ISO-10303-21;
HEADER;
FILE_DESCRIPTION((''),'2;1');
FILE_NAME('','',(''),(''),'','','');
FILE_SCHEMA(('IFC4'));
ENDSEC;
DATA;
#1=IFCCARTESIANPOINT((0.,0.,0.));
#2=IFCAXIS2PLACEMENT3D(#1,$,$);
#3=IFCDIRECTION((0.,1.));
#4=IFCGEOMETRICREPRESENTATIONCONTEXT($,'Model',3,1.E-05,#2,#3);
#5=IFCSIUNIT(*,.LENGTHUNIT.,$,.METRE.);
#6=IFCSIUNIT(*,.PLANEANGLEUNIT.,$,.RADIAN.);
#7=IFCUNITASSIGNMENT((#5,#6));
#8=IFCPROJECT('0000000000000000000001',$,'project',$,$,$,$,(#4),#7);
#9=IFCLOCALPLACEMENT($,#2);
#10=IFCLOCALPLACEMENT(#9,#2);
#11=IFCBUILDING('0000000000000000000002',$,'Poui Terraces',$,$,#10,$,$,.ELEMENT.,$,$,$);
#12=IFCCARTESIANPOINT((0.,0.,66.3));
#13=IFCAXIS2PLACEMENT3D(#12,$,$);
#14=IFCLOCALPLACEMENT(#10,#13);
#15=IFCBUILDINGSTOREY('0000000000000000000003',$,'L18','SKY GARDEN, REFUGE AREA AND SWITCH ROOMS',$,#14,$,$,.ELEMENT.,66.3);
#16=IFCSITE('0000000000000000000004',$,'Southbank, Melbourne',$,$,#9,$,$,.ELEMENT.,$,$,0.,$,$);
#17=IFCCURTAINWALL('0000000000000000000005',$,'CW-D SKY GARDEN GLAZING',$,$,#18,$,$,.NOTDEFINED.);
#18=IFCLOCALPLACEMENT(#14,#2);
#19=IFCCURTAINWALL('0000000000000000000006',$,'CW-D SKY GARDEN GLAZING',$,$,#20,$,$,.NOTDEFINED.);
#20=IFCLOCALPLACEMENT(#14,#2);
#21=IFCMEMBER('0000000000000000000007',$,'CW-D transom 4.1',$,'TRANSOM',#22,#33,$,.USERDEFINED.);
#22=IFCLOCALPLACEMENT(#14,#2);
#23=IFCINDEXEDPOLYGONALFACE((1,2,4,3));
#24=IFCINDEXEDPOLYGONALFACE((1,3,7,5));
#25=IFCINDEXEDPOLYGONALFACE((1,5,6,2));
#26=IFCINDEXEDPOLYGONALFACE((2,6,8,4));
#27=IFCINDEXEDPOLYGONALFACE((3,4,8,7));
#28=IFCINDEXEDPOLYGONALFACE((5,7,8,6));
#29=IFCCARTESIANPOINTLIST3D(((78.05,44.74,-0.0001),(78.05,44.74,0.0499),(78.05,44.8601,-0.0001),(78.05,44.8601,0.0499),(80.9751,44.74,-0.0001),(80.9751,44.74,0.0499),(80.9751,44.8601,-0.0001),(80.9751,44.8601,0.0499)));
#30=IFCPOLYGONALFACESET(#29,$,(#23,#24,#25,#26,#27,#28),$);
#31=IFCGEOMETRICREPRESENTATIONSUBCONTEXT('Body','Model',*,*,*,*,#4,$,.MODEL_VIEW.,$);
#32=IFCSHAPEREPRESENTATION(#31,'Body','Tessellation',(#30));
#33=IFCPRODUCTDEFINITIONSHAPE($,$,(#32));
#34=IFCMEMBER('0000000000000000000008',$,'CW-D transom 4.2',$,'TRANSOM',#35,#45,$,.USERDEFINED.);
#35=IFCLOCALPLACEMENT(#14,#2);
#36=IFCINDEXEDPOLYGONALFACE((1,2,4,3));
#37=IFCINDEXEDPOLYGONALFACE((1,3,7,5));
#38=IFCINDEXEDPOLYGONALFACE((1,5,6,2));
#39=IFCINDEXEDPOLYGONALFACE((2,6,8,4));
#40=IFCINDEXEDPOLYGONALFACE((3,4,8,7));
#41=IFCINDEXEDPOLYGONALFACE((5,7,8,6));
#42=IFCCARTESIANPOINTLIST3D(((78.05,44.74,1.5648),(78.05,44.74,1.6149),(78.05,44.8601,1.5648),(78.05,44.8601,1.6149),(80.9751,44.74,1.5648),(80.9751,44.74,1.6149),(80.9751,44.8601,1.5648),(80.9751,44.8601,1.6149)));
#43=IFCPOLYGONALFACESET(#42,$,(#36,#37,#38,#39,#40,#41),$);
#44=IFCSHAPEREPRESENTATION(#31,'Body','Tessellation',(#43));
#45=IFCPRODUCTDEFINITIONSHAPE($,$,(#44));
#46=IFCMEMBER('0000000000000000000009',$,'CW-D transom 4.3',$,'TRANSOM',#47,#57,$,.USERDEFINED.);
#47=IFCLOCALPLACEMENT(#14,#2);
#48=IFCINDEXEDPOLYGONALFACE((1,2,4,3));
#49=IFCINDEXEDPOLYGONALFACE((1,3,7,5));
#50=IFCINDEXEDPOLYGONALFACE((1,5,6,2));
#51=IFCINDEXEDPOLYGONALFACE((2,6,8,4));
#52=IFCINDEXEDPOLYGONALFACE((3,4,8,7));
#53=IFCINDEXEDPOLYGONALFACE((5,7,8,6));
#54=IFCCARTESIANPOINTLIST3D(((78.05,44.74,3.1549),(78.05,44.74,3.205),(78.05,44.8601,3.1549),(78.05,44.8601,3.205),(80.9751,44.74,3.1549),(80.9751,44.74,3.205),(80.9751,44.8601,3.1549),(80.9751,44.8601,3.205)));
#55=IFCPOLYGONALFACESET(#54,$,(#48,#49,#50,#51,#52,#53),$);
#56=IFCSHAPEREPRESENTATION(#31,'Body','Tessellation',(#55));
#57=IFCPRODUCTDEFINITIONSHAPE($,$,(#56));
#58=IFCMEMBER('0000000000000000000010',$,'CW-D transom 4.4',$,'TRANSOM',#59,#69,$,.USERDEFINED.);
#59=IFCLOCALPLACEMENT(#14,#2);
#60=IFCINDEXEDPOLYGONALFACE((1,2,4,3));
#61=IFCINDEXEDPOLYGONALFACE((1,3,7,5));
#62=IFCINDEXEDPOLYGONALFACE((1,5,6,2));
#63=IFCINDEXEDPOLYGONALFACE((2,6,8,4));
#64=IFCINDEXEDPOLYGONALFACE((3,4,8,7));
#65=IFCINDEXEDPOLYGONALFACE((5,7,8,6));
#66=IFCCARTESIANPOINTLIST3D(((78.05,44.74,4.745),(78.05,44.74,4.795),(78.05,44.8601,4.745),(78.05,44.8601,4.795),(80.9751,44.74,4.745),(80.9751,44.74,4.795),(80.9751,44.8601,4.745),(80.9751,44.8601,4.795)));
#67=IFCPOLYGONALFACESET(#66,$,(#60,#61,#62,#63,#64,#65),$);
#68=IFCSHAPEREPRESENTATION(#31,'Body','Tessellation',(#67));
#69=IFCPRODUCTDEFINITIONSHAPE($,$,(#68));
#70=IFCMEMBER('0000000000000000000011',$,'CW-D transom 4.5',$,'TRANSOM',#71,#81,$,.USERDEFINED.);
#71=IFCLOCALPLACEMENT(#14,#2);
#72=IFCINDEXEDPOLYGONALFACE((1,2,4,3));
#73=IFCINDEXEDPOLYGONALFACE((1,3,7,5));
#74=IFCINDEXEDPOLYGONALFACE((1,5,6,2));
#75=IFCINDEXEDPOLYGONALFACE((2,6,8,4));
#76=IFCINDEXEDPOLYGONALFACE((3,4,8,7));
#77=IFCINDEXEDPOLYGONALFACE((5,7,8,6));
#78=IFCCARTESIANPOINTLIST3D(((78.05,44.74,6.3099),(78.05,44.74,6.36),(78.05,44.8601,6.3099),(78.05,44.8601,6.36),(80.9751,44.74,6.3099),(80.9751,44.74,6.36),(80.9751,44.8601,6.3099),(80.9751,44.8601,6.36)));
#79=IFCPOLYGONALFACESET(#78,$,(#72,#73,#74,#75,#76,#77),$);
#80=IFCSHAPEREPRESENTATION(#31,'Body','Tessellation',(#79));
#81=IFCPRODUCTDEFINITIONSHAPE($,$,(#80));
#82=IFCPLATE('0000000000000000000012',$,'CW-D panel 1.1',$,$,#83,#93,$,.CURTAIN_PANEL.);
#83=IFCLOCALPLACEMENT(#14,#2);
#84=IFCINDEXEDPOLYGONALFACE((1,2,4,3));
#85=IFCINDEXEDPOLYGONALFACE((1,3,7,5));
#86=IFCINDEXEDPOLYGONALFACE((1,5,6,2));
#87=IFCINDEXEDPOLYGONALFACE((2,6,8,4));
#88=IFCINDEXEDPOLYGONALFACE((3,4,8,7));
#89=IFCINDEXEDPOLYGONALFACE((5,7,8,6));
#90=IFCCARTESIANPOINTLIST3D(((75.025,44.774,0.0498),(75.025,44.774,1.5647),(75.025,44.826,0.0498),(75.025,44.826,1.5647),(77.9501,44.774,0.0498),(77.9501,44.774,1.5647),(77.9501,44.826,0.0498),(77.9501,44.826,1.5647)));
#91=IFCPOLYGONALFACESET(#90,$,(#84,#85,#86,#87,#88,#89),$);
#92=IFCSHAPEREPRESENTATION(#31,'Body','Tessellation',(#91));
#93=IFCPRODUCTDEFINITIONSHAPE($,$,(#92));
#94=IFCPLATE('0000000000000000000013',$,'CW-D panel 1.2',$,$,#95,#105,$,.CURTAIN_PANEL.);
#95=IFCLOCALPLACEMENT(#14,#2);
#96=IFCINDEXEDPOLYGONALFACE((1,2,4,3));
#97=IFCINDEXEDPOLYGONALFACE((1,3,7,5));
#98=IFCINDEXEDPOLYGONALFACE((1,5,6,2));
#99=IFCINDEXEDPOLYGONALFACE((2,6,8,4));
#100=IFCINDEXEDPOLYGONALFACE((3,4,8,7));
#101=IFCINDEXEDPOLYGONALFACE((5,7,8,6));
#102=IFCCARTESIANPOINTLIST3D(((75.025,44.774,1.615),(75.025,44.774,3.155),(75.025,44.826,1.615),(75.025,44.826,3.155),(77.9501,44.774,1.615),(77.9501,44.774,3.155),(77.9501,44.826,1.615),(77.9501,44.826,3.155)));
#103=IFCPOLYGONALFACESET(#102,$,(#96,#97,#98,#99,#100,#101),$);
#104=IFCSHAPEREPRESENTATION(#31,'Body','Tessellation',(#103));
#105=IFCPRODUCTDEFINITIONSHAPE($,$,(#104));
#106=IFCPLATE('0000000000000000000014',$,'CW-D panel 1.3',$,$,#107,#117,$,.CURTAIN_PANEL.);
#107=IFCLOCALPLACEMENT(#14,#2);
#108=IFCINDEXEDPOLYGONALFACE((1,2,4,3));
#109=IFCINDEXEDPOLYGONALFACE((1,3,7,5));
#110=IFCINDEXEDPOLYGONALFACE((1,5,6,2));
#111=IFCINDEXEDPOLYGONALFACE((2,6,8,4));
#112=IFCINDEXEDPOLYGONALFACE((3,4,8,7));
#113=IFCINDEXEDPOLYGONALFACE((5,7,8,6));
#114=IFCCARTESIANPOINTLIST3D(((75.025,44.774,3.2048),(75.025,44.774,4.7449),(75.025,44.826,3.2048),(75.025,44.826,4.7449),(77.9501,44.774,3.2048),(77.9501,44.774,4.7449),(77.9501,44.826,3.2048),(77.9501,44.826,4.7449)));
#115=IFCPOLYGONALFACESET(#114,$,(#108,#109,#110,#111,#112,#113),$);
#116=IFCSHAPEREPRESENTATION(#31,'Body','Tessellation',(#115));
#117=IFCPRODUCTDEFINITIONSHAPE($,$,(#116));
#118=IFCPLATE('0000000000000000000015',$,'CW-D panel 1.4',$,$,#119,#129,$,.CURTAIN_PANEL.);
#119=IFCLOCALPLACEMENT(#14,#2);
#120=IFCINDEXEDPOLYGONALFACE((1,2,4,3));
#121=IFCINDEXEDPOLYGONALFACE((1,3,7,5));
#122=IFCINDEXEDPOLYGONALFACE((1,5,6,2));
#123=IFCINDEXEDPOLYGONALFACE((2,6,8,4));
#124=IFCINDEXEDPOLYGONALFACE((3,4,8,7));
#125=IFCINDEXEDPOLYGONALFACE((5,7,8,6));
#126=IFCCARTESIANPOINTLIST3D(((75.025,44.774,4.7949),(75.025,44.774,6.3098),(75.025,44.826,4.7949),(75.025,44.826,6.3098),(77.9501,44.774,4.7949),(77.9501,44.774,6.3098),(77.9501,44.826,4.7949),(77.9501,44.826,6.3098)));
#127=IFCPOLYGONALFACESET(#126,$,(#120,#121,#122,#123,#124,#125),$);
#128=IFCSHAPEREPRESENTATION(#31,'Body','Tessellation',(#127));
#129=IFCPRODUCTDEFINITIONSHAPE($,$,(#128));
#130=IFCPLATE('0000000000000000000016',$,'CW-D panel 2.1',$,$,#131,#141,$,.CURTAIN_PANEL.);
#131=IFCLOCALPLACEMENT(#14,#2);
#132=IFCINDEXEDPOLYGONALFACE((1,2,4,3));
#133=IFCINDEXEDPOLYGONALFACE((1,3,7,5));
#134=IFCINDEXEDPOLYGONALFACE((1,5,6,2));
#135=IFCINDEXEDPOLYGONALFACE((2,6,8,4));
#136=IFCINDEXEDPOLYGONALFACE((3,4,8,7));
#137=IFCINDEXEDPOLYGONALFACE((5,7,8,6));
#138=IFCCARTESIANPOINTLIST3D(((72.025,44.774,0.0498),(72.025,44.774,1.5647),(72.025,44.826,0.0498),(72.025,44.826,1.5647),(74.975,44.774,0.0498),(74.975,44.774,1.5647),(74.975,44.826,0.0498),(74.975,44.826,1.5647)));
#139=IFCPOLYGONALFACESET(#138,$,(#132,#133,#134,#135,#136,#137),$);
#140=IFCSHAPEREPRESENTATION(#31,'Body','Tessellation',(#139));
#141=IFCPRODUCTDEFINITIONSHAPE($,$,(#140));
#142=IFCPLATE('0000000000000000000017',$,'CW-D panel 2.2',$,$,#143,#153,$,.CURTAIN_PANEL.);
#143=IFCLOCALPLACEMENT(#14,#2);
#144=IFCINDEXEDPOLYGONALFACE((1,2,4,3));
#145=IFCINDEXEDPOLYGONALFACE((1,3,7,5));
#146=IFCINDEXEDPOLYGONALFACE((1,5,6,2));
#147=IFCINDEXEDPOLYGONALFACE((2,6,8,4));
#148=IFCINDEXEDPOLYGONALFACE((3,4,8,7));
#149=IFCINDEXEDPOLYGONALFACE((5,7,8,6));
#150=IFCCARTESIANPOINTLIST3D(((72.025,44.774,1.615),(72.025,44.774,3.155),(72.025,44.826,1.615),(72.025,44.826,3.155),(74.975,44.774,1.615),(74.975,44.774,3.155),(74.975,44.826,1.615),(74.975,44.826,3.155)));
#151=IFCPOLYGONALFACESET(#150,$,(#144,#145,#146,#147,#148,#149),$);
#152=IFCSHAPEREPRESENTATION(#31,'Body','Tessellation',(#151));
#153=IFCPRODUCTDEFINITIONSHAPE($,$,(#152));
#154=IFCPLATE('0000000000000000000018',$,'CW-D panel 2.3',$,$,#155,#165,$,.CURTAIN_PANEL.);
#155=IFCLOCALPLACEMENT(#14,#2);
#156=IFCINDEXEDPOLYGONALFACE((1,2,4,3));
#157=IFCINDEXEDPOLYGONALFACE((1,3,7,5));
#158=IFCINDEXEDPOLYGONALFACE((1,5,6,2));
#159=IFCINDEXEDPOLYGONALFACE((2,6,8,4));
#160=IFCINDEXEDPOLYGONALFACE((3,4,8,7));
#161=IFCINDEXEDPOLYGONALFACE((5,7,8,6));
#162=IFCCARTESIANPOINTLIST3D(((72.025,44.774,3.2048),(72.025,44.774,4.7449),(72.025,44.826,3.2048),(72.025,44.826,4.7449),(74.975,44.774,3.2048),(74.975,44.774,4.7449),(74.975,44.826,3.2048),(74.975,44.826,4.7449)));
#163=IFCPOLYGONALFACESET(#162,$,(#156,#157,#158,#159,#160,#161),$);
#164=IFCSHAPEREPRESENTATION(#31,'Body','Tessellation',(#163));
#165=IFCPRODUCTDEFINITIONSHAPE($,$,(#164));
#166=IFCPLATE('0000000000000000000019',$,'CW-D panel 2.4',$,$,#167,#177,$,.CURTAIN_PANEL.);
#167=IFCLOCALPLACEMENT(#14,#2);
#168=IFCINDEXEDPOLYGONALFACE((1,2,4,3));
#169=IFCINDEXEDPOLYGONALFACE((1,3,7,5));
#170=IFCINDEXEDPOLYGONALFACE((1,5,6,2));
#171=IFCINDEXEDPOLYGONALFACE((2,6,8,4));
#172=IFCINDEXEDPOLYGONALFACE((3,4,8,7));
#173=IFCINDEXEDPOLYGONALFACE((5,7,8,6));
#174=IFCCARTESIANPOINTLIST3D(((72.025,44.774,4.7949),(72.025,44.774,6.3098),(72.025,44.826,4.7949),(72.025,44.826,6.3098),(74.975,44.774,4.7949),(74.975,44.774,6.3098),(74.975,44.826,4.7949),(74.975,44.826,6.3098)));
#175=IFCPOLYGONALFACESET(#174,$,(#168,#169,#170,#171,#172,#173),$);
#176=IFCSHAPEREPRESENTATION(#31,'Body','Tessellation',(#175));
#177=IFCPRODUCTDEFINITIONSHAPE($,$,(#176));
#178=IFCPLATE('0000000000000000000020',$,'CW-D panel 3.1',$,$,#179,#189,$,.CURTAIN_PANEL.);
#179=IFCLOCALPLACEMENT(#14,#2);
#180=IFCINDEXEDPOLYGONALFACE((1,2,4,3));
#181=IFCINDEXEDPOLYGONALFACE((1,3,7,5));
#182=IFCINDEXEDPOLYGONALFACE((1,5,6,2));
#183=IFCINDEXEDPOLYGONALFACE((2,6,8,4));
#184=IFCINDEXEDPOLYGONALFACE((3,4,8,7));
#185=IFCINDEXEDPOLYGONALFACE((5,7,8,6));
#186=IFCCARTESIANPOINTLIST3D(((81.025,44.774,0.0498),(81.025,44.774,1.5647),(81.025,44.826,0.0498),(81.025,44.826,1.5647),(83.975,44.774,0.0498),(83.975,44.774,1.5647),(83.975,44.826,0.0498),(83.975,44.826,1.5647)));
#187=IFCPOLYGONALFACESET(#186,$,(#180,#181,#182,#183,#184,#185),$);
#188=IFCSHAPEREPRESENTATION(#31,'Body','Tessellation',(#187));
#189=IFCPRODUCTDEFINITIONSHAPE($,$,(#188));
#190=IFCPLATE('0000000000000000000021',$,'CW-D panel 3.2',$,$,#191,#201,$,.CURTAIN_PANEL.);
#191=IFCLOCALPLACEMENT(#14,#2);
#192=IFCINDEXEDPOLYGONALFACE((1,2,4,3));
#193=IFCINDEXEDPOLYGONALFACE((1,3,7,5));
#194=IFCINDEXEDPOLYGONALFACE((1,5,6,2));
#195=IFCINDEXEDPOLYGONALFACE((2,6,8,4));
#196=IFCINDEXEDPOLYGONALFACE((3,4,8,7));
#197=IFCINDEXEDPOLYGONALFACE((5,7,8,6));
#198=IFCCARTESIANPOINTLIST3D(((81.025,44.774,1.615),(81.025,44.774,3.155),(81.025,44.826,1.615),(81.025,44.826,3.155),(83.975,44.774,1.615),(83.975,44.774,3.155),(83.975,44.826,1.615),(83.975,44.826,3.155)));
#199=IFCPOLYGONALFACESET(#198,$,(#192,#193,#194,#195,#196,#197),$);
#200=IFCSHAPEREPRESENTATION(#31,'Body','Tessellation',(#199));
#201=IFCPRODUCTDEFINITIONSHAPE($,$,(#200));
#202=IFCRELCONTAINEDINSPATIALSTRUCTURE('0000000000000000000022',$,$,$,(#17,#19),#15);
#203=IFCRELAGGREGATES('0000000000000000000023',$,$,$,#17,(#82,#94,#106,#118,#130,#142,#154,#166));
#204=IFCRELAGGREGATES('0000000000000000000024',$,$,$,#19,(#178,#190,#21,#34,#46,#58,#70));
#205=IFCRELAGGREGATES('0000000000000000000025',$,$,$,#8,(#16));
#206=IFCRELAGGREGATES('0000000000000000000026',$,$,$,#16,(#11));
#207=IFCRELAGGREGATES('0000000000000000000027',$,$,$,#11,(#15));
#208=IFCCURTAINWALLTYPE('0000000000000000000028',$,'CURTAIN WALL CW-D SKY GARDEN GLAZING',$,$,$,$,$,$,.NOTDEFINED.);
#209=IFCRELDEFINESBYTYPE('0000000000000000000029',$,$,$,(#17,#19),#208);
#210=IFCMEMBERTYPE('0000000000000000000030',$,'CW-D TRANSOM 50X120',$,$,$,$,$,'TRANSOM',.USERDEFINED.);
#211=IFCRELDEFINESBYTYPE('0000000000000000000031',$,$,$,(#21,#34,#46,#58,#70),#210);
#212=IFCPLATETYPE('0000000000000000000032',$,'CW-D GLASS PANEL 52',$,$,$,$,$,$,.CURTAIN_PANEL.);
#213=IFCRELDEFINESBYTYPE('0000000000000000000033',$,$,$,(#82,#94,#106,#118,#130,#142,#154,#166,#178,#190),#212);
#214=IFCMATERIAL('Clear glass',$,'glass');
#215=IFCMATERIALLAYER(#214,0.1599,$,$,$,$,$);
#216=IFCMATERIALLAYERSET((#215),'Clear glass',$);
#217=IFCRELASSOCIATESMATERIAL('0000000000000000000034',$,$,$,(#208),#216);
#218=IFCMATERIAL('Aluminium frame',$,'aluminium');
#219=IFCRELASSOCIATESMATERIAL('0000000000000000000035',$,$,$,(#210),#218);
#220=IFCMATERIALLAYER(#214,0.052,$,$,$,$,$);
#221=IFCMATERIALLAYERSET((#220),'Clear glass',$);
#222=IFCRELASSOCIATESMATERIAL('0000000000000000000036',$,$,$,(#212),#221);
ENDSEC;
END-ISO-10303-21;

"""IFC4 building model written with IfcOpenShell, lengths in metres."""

from ifc_helpers import new_model, si_unit, direction, frame, origin, origin_2d, place, context, subcontext, project, spatial, rectangle, extrude, material, layer, layer_set, material_profile, profile_set, type_object, element, aggregate, save


model = new_model("IFC4")

# Units and contexts
model_context = context("Model", 3, precision=1e-05, world=origin(), true_north=direction((0.0, 1.0)))
body_context = subcontext(model_context, "Body", "Model", "MODEL_VIEW")
ifc_project = project(units=[si_unit("LENGTHUNIT", "METRE"), si_unit("PLANEANGLEUNIT", "RADIAN")], contexts=[model_context])

# Site, building, storey
site_placement = place(None, origin())
site = spatial("IfcSite", under=ifc_project, at=site_placement, Name="Southbank, Melbourne", CompositionType="ELEMENT", RefElevation=0.0)
building_placement = place(site_placement, origin())
building = spatial("IfcBuilding", under=site, at=building_placement, Name="Poui Terraces", CompositionType="ELEMENT")
storey_placement = place(building_placement, frame((0.0, 0.0, 66.3)))
storey = spatial("IfcBuildingStorey", under=building, at=storey_placement, Name="L18", Description="SKY GARDEN, REFUGE AREA AND SWITCH ROOMS", CompositionType="ELEMENT", Elevation=66.3)

# Curtain walls
ifc_material_1 = material(Name="Clear glass", Category="glass")
ifc_layer_1 = layer(ifc_material_1, 0.1599)
ifc_layer_set_1 = layer_set([ifc_layer_1], Name="Clear glass")
curtain_wall_type = type_object("IfcCurtainWallType", Name="CURTAIN WALL CW-D SKY GARDEN GLAZING", PredefinedType="NOTDEFINED", material=ifc_layer_set_1)
curtain_wall_1_placement = place(storey_placement, origin())
curtain_wall_1 = element("IfcCurtainWall", 1, at=curtain_wall_1_placement, inside=storey, type_object=curtain_wall_type, Name="CW-D SKY GARDEN GLAZING", PredefinedType="NOTDEFINED")
ifc_material_2 = material(Name="Aluminium frame", Category="aluminium")
curtain_wall_2_placement = place(storey_placement, origin())
curtain_wall_2 = element("IfcCurtainWall", 2, at=curtain_wall_2_placement, inside=storey, type_object=curtain_wall_type, Name="CW-D SKY GARDEN GLAZING", PredefinedType="NOTDEFINED")

# Members
ifc_material_profile_1 = material_profile(ifc_material_2, rectangle(XDim=0.1201, YDim=0.05, at=origin_2d()), Name="CW-D TRANSOM 50X120")
ifc_profile_set_1 = profile_set([ifc_material_profile_1], Name="Aluminium frame")
member_type_1 = type_object("IfcMemberType", Name="CW-D TRANSOM 50X120", ElementType="TRANSOM", PredefinedType="USERDEFINED", material=ifc_profile_set_1)
member_1_placement = place(storey_placement, frame((80.9751, 44.8, 0.0249), z_axis=(-1.0, 0.0, 0.0), x_axis=(0.0, -1.0, 0.0)))
member_1 = element("IfcMember", 3, at=member_1_placement, type_object=member_type_1, Name="CW-D transom 4.1", ObjectType="TRANSOM", PredefinedType="USERDEFINED", context=body_context, shape_type="SweptSolid", body=[
    extrude(rectangle(XDim=0.1201, YDim=0.05, at=origin_2d()), origin(), (0.0, 0.0, 1.0), 2.925),
])
member_2_placement = place(storey_placement, frame((80.9751, 44.8, 1.5898), z_axis=(-1.0, 0.0, 0.0), x_axis=(0.0, -1.0, 0.0)))
member_2 = element("IfcMember", 4, at=member_2_placement, type_object=member_type_1, Name="CW-D transom 4.2", ObjectType="TRANSOM", PredefinedType="USERDEFINED", context=body_context, shape_type="SweptSolid", body=[
    extrude(rectangle(XDim=0.1201, YDim=0.05, at=origin_2d()), origin(), (0.0, 0.0, 1.0), 2.925),
])
member_3_placement = place(storey_placement, frame((80.9751, 44.8, 3.1799), z_axis=(-1.0, 0.0, 0.0), x_axis=(0.0, -1.0, 0.0)))
member_3 = element("IfcMember", 5, at=member_3_placement, type_object=member_type_1, Name="CW-D transom 4.3", ObjectType="TRANSOM", PredefinedType="USERDEFINED", context=body_context, shape_type="SweptSolid", body=[
    extrude(rectangle(XDim=0.1201, YDim=0.05, at=origin_2d()), origin(), (0.0, 0.0, 1.0), 2.925),
])
member_4_placement = place(storey_placement, frame((80.9751, 44.8, 4.77), z_axis=(-1.0, 0.0, 0.0), x_axis=(0.0, -1.0, 0.0)))
member_4 = element("IfcMember", 6, at=member_4_placement, type_object=member_type_1, Name="CW-D transom 4.4", ObjectType="TRANSOM", PredefinedType="USERDEFINED", context=body_context, shape_type="SweptSolid", body=[
    extrude(rectangle(XDim=0.1201, YDim=0.05, at=origin_2d()), origin(), (0.0, 0.0, 1.0), 2.925),
])
member_5_placement = place(storey_placement, frame((80.9751, 44.8, 6.335), z_axis=(-1.0, 0.0, 0.0), x_axis=(0.0, -1.0, 0.0)))
member_5 = element("IfcMember", 7, at=member_5_placement, type_object=member_type_1, Name="CW-D transom 4.5", ObjectType="TRANSOM", PredefinedType="USERDEFINED", context=body_context, shape_type="SweptSolid", body=[
    extrude(rectangle(XDim=0.1201, YDim=0.05, at=origin_2d()), origin(), (0.0, 0.0, 1.0), 2.925),
])

# Plates
ifc_layer_2 = layer(ifc_material_1, 0.052)
ifc_layer_set_2 = layer_set([ifc_layer_2], Name="Clear glass")
plate_type = type_object("IfcPlateType", Name="CW-D GLASS PANEL 52", PredefinedType="CURTAIN_PANEL", material=ifc_layer_set_2)
plate_1_placement = place(storey_placement, frame((76.4875, 44.8, 0.0498), z_axis=(0.0, 0.0, 1.0), x_axis=(-1.0, 0.0, 0.0)))
plate_1 = element("IfcPlate", 8, at=plate_1_placement, type_object=plate_type, Name="CW-D panel 1.1", PredefinedType="CURTAIN_PANEL", context=body_context, shape_type="SweptSolid", body=[
    extrude(rectangle(XDim=2.925, YDim=0.052, at=origin_2d()), origin(), (0.0, 0.0, 1.0), 1.5149),
])
plate_2_placement = place(storey_placement, frame((76.4875, 44.8, 1.615), z_axis=(0.0, 0.0, 1.0), x_axis=(-1.0, 0.0, 0.0)))
plate_2 = element("IfcPlate", 9, at=plate_2_placement, type_object=plate_type, Name="CW-D panel 1.2", PredefinedType="CURTAIN_PANEL", context=body_context, shape_type="SweptSolid", body=[
    extrude(rectangle(XDim=2.925, YDim=0.052, at=origin_2d()), origin(), (0.0, 0.0, 1.0), 1.54),
])
plate_3_placement = place(storey_placement, frame((76.4875, 44.8, 3.2048), z_axis=(0.0, 0.0, 1.0), x_axis=(-1.0, 0.0, 0.0)))
plate_3 = element("IfcPlate", 10, at=plate_3_placement, type_object=plate_type, Name="CW-D panel 1.3", PredefinedType="CURTAIN_PANEL", context=body_context, shape_type="SweptSolid", body=[
    extrude(rectangle(XDim=2.925, YDim=0.052, at=origin_2d()), origin(), (0.0, 0.0, 1.0), 1.54),
])
plate_4_placement = place(storey_placement, frame((76.4875, 44.8, 4.7949), z_axis=(0.0, 0.0, 1.0), x_axis=(-1.0, 0.0, 0.0)))
plate_4 = element("IfcPlate", 11, at=plate_4_placement, type_object=plate_type, Name="CW-D panel 1.4", PredefinedType="CURTAIN_PANEL", context=body_context, shape_type="SweptSolid", body=[
    extrude(rectangle(XDim=2.925, YDim=0.052, at=origin_2d()), origin(), (0.0, 0.0, 1.0), 1.5149),
])
plate_5_placement = place(storey_placement, frame((73.5, 44.8, 0.0498), z_axis=(0.0, 0.0, 1.0), x_axis=(-1.0, 0.0, 0.0)))
plate_5 = element("IfcPlate", 12, at=plate_5_placement, type_object=plate_type, Name="CW-D panel 2.1", PredefinedType="CURTAIN_PANEL", context=body_context, shape_type="SweptSolid", body=[
    extrude(rectangle(XDim=2.95, YDim=0.052, at=origin_2d()), origin(), (0.0, 0.0, 1.0), 1.5149),
])
plate_6_placement = place(storey_placement, frame((73.5, 44.8, 1.615), z_axis=(0.0, 0.0, 1.0), x_axis=(-1.0, 0.0, 0.0)))
plate_6 = element("IfcPlate", 13, at=plate_6_placement, type_object=plate_type, Name="CW-D panel 2.2", PredefinedType="CURTAIN_PANEL", context=body_context, shape_type="SweptSolid", body=[
    extrude(rectangle(XDim=2.95, YDim=0.052, at=origin_2d()), origin(), (0.0, 0.0, 1.0), 1.54),
])
plate_7_placement = place(storey_placement, frame((73.5, 44.8, 3.2048), z_axis=(0.0, 0.0, 1.0), x_axis=(-1.0, 0.0, 0.0)))
plate_7 = element("IfcPlate", 14, at=plate_7_placement, type_object=plate_type, Name="CW-D panel 2.3", PredefinedType="CURTAIN_PANEL", context=body_context, shape_type="SweptSolid", body=[
    extrude(rectangle(XDim=2.95, YDim=0.052, at=origin_2d()), origin(), (0.0, 0.0, 1.0), 1.54),
])
plate_8_placement = place(storey_placement, frame((73.5, 44.8, 4.7949), z_axis=(0.0, 0.0, 1.0), x_axis=(-1.0, 0.0, 0.0)))
plate_8 = element("IfcPlate", 15, at=plate_8_placement, type_object=plate_type, Name="CW-D panel 2.4", PredefinedType="CURTAIN_PANEL", context=body_context, shape_type="SweptSolid", body=[
    extrude(rectangle(XDim=2.95, YDim=0.052, at=origin_2d()), origin(), (0.0, 0.0, 1.0), 1.5149),
])
aggregate(curtain_wall_1, [plate_1, plate_2, plate_3, plate_4, plate_5, plate_6, plate_7, plate_8])
plate_9_placement = place(storey_placement, frame((82.5, 44.8, 0.0498), z_axis=(0.0, 0.0, 1.0), x_axis=(-1.0, 0.0, 0.0)))
plate_9 = element("IfcPlate", 16, at=plate_9_placement, type_object=plate_type, Name="CW-D panel 3.1", PredefinedType="CURTAIN_PANEL", context=body_context, shape_type="SweptSolid", body=[
    extrude(rectangle(XDim=2.95, YDim=0.052, at=origin_2d()), origin(), (0.0, 0.0, 1.0), 1.5149),
])
plate_10_placement = place(storey_placement, frame((82.5, 44.8, 1.615), z_axis=(0.0, 0.0, 1.0), x_axis=(-1.0, 0.0, 0.0)))
plate_10 = element("IfcPlate", 17, at=plate_10_placement, type_object=plate_type, Name="CW-D panel 3.2", PredefinedType="CURTAIN_PANEL", context=body_context, shape_type="SweptSolid", body=[
    extrude(rectangle(XDim=2.95, YDim=0.052, at=origin_2d()), origin(), (0.0, 0.0, 1.0), 1.54),
])
aggregate(curtain_wall_2, [plate_9, plate_10, member_1, member_2, member_3, member_4, member_5])

save(model, "model.ifc")
